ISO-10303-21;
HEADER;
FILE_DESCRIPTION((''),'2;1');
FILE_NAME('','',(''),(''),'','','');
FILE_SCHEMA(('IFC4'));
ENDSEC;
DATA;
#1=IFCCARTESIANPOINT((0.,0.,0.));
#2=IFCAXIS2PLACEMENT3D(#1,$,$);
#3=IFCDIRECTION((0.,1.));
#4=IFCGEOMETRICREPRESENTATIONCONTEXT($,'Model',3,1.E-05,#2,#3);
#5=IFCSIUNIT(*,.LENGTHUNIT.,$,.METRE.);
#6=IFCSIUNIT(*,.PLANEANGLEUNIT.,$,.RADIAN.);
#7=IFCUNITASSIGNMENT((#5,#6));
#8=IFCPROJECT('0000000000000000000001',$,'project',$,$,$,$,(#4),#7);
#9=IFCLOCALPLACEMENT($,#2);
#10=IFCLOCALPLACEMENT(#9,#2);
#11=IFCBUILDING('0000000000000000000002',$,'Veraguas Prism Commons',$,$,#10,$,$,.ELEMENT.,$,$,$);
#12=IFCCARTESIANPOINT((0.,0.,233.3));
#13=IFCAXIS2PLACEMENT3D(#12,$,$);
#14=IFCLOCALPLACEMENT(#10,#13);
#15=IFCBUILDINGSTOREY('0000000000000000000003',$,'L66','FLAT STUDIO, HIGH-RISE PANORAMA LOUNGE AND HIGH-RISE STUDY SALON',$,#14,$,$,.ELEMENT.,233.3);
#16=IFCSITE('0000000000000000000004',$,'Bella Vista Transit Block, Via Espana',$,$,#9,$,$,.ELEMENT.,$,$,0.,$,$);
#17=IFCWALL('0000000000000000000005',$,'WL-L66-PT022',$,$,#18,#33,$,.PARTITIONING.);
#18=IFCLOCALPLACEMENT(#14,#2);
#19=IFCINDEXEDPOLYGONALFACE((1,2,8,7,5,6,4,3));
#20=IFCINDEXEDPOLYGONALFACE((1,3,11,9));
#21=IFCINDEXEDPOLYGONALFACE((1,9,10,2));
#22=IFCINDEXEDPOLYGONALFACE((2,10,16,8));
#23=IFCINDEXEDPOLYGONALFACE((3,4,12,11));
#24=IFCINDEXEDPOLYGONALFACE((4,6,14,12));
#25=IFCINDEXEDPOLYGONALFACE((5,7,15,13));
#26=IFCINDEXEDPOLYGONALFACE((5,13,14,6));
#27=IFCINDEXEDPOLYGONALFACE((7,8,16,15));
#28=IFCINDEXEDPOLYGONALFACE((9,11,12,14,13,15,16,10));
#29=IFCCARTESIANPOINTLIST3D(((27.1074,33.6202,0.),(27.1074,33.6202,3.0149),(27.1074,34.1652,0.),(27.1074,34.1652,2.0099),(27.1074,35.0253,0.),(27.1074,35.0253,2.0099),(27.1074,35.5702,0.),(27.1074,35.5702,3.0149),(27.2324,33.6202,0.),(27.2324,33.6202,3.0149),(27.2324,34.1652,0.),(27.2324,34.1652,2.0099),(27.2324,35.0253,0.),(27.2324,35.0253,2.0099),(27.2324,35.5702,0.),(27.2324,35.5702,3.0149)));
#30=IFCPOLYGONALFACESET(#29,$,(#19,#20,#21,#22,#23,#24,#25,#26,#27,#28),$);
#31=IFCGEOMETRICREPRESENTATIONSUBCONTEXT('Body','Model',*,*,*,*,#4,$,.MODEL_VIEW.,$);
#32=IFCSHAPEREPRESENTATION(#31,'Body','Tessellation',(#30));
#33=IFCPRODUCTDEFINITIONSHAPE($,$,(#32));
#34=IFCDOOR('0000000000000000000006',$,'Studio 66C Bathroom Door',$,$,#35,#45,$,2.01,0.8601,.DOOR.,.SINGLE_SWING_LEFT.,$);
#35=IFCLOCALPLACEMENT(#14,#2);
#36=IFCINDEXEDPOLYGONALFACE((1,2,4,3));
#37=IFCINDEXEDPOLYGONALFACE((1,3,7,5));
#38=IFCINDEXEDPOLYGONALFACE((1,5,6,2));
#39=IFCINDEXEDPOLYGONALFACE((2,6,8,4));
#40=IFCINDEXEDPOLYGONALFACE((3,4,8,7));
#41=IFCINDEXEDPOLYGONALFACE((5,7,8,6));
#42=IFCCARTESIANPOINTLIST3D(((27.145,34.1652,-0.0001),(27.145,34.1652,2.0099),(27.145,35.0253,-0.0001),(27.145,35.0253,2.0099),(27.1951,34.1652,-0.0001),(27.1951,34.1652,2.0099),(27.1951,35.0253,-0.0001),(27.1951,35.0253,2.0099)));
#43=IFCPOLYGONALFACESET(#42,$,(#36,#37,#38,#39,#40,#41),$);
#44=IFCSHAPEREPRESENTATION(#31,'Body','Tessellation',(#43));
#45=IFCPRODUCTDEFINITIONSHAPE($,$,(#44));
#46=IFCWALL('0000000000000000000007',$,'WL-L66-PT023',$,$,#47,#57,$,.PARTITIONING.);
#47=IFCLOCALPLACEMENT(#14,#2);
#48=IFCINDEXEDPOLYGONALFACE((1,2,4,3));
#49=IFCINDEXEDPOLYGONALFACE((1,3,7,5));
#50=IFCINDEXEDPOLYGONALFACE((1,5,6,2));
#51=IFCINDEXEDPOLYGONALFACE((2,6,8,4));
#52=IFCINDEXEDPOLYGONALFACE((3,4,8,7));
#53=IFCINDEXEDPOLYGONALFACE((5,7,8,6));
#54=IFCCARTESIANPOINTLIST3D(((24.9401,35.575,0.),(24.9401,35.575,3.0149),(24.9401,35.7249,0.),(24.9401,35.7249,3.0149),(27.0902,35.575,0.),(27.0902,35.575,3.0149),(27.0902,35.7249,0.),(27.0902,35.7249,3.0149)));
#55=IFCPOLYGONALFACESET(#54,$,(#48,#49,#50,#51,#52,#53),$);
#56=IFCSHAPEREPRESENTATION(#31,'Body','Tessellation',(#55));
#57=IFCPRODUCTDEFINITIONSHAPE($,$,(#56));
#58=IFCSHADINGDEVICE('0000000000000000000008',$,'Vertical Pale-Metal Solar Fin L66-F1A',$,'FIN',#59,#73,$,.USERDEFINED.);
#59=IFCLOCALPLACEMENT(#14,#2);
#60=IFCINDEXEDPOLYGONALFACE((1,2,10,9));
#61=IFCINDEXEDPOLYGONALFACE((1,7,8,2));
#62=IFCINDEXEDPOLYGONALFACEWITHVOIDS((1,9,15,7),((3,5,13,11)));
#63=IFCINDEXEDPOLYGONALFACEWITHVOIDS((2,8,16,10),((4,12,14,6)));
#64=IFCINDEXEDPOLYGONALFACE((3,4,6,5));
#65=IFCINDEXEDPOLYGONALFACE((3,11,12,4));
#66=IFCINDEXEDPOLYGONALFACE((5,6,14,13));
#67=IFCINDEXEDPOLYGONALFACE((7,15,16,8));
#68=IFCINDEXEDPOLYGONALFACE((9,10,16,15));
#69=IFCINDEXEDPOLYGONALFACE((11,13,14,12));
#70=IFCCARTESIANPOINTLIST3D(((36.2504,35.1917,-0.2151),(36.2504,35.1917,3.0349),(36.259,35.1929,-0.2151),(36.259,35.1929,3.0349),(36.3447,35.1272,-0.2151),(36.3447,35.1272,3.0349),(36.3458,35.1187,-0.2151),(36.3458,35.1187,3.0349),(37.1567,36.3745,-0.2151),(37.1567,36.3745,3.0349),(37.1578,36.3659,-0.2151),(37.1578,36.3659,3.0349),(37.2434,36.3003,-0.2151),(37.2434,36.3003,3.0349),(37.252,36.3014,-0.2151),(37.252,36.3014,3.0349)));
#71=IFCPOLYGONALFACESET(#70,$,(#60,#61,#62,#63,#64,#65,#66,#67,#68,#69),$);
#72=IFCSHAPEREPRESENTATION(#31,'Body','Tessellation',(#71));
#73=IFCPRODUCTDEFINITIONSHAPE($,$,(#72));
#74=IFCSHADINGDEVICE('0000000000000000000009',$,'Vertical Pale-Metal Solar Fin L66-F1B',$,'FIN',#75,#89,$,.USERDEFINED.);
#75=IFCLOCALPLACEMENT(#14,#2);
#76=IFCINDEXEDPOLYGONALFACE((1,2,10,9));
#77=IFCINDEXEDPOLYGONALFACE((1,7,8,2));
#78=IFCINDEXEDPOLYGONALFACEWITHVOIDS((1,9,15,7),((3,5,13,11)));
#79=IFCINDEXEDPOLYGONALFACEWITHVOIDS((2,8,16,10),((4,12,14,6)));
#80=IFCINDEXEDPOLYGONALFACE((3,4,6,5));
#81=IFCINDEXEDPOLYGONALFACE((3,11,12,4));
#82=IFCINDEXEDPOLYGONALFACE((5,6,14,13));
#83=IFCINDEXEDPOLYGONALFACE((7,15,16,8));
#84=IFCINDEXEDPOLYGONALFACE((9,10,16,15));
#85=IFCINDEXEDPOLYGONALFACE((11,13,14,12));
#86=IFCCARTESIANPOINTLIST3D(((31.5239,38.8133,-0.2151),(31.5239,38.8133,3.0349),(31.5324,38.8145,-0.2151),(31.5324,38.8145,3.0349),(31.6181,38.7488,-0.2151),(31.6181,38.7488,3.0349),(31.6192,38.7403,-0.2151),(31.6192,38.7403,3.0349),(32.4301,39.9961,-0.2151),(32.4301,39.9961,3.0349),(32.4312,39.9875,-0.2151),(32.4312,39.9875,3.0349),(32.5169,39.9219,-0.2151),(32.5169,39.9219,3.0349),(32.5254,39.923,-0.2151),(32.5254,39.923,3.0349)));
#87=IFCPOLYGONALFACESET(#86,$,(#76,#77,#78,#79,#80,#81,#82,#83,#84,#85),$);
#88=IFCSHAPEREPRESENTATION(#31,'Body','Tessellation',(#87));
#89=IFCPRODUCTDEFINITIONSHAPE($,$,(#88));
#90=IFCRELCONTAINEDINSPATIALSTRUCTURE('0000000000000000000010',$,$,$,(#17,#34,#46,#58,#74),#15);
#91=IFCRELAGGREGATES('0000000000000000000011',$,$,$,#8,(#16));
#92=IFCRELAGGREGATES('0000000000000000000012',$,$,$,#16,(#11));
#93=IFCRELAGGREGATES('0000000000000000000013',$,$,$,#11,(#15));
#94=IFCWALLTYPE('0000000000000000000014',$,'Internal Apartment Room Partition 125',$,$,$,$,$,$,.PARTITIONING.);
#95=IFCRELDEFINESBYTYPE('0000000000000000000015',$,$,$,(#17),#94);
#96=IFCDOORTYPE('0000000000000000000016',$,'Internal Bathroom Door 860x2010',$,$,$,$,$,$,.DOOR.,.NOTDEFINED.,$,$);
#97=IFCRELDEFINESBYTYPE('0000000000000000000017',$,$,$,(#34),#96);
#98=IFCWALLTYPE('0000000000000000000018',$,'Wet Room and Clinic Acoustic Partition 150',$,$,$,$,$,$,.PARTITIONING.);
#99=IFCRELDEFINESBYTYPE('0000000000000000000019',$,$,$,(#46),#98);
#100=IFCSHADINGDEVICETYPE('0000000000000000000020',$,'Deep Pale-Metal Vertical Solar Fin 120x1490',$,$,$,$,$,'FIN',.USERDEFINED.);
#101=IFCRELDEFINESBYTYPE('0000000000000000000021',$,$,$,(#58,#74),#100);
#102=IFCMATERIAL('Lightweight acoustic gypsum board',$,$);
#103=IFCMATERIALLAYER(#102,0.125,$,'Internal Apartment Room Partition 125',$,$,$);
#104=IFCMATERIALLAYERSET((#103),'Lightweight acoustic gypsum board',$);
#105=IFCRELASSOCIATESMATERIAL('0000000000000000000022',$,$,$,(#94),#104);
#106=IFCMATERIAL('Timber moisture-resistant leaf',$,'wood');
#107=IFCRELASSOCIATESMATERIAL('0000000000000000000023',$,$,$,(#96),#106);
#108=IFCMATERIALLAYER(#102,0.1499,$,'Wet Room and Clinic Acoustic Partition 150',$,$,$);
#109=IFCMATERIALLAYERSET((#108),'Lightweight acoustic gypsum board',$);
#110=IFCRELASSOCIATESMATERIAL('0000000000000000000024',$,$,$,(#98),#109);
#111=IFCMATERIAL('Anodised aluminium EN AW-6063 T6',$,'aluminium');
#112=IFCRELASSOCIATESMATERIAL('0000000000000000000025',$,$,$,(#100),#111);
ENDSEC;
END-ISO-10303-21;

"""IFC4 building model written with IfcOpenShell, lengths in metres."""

from ifc_helpers import new_model, si_unit, direction, frame, frame_2d, origin, origin_2d, place, context, subcontext, project, spatial, rectangle, hollow_rectangle, extrude, source, transform, mapped, material, layer, layer_set, material_profile, profile_set, type_object, element, fill, save


model = new_model("IFC4")

# Units and contexts
model_context = context("Model", 3, precision=1e-05, world=origin(), true_north=direction((0.0, 1.0)))
body_context = subcontext(model_context, "Body", "Model", "MODEL_VIEW")
ifc_project = project(units=[si_unit("LENGTHUNIT", "METRE"), si_unit("PLANEANGLEUNIT", "RADIAN")], contexts=[model_context])

# Site, building, storey
site_placement = place(None, origin())
site = spatial("IfcSite", under=ifc_project, at=site_placement, Name="Bella Vista Transit Block, Via Espana", CompositionType="ELEMENT", RefElevation=0.0)
building_placement = place(site_placement, origin())
building = spatial("IfcBuilding", under=site, at=building_placement, Name="Veraguas Prism Commons", CompositionType="ELEMENT")
storey_placement = place(building_placement, frame((0.0, 0.0, 233.3)))
storey = spatial("IfcBuildingStorey", under=building, at=storey_placement, Name="L66", Description="FLAT STUDIO, HIGH-RISE PANORAMA LOUNGE AND HIGH-RISE STUDY SALON", CompositionType="ELEMENT", Elevation=233.3)

# Shared definitions
ifc_material_1 = material(Name="Anodised aluminium EN AW-6063 T6", Category="aluminium")

# Wall, opening, door
ifc_material_2 = material(Name="Lightweight acoustic gypsum board")
ifc_layer_1 = layer(ifc_material_2, 0.125, Name="Internal Apartment Room Partition 125")
ifc_layer_set_1 = layer_set([ifc_layer_1], Name="Lightweight acoustic gypsum board")
wall_type_1 = type_object("IfcWallType", Name="Internal Apartment Room Partition 125", PredefinedType="PARTITIONING", material=ifc_layer_set_1)
wall_1_placement = place(storey_placement, frame((27.1699, 33.6201, 0.0), z_axis=(0.0, 0.0, 1.0), x_axis=(0.0, 1.0, 0.0)))
wall_1 = element("IfcWall", 1, at=wall_1_placement, inside=storey, type_object=wall_type_1, Name="WL-L66-PT022", PredefinedType="PARTITIONING", context=body_context, shape_type="SweptSolid", body=[
    extrude(rectangle(XDim=1.95, YDim=0.125, at=frame_2d((0.9751, 0.0))), origin(), (0.0, 0.0, 1.0), 3.0149),
])
opening_1_placement = place(wall_1_placement, frame((0.5449, 0.0, 0.0)))
opening_1 = element("IfcOpeningElement", 2, at=opening_1_placement, cuts=wall_1, PredefinedType="OPENING", context=body_context, shape_type="SweptSolid", body=[
    extrude(rectangle(XDim=0.8601, YDim=2.01, at=frame_2d((0.4302, 1.0049))), frame((0.0, 0.0725, 0.0), z_axis=(0.0, -1.0, 0.0), x_axis=(1.0, 0.0, 0.0)), (0.0, 0.0, 1.0), 0.145),
])
ifc_material_3 = material(Name="Timber moisture-resistant leaf", Category="wood")
door_type_1 = type_object("IfcDoorType", Name="Internal Bathroom Door 860x2010", OperationType="NOTDEFINED", PredefinedType="DOOR", material=ifc_material_3)
shared_shape_1 = source(origin(), body_context, "Body", "SweptSolid", [
    extrude(rectangle(XDim=0.8601, YDim=2.01, at=frame_2d((0.4302, 1.0049))), frame((0.0, 0.0249, 0.0), z_axis=(0.0, -1.0, 0.0), x_axis=(1.0, 0.0, 0.0)), (0.0, 0.0, 1.0), 0.05),
])
door_1_placement = place(opening_1_placement, origin())
door_1 = element("IfcDoor", 3, at=door_1_placement, inside=storey, type_object=door_type_1, Name="Studio 66C Bathroom Door", OperationType="SINGLE_SWING_LEFT", OverallHeight=2.01, OverallWidth=0.8601, PredefinedType="DOOR", context=body_context, shape_type="MappedRepresentation", body=[
    mapped(shared_shape_1, transform((0.0, 0.0, 0.0), scale=1.0)),
])
fill(opening_1, door_1)

# Wall
ifc_layer_2 = layer(ifc_material_2, 0.1499, Name="Wet Room and Clinic Acoustic Partition 150")
ifc_layer_set_2 = layer_set([ifc_layer_2], Name="Lightweight acoustic gypsum board")
wall_type_2 = type_object("IfcWallType", Name="Wet Room and Clinic Acoustic Partition 150", PredefinedType="PARTITIONING", material=ifc_layer_set_2)
wall_2_placement = place(storey_placement, frame((24.9399, 35.6499, 0.0), z_axis=(0.0, 0.0, 1.0), x_axis=(1.0, 0.0, 0.0)))
element("IfcWall", 4, at=wall_2_placement, inside=storey, type_object=wall_type_2, Name="WL-L66-PT023", PredefinedType="PARTITIONING", context=body_context, shape_type="SweptSolid", body=[
    extrude(rectangle(XDim=2.1501, YDim=0.1499, at=frame_2d((1.0752, 0.0))), origin(), (0.0, 0.0, 1.0), 3.0149),
])

# Shading devices
ifc_material_profile_1 = material_profile(ifc_material_1, hollow_rectangle(XDim=0.1201, YDim=1.49, WallThickness=0.0061, at=origin_2d()), Name="FIN120X1490X6")
ifc_profile_set_1 = profile_set([ifc_material_profile_1], Name="Anodised aluminium EN AW-6063 T6")
shading_device_type = type_object("IfcShadingDeviceType", Name="Deep Pale-Metal Vertical Solar Fin 120x1490", ElementType="FIN", PredefinedType="USERDEFINED", material=ifc_profile_set_1)
for number, where, z_axis, x_axis, name in (
    (5, (36.7512, 35.7466, -0.2151), (0.0, 0.0, 1.0), (-0.793779, 0.608206, 0.0), "Vertical Pale-Metal Solar Fin L66-F1A"),
    (6, (32.0247, 39.3682, -0.2151), (0.0, 0.0, 1.0), (-0.793779, 0.608206, 0.0), "Vertical Pale-Metal Solar Fin L66-F1B"),
):
    element("IfcShadingDevice", number, at=place(storey_placement, frame(where, z_axis=z_axis, x_axis=x_axis)), inside=storey, type_object=shading_device_type, Name=name, ObjectType="FIN", PredefinedType="USERDEFINED", context=body_context, shape_type="SweptSolid", body=[
        extrude(hollow_rectangle(XDim=0.1201, YDim=1.49, WallThickness=0.0061, at=origin_2d()), origin(), (0.0, 0.0, 1.0), 3.25),
    ])

save(model, "model.ifc")
